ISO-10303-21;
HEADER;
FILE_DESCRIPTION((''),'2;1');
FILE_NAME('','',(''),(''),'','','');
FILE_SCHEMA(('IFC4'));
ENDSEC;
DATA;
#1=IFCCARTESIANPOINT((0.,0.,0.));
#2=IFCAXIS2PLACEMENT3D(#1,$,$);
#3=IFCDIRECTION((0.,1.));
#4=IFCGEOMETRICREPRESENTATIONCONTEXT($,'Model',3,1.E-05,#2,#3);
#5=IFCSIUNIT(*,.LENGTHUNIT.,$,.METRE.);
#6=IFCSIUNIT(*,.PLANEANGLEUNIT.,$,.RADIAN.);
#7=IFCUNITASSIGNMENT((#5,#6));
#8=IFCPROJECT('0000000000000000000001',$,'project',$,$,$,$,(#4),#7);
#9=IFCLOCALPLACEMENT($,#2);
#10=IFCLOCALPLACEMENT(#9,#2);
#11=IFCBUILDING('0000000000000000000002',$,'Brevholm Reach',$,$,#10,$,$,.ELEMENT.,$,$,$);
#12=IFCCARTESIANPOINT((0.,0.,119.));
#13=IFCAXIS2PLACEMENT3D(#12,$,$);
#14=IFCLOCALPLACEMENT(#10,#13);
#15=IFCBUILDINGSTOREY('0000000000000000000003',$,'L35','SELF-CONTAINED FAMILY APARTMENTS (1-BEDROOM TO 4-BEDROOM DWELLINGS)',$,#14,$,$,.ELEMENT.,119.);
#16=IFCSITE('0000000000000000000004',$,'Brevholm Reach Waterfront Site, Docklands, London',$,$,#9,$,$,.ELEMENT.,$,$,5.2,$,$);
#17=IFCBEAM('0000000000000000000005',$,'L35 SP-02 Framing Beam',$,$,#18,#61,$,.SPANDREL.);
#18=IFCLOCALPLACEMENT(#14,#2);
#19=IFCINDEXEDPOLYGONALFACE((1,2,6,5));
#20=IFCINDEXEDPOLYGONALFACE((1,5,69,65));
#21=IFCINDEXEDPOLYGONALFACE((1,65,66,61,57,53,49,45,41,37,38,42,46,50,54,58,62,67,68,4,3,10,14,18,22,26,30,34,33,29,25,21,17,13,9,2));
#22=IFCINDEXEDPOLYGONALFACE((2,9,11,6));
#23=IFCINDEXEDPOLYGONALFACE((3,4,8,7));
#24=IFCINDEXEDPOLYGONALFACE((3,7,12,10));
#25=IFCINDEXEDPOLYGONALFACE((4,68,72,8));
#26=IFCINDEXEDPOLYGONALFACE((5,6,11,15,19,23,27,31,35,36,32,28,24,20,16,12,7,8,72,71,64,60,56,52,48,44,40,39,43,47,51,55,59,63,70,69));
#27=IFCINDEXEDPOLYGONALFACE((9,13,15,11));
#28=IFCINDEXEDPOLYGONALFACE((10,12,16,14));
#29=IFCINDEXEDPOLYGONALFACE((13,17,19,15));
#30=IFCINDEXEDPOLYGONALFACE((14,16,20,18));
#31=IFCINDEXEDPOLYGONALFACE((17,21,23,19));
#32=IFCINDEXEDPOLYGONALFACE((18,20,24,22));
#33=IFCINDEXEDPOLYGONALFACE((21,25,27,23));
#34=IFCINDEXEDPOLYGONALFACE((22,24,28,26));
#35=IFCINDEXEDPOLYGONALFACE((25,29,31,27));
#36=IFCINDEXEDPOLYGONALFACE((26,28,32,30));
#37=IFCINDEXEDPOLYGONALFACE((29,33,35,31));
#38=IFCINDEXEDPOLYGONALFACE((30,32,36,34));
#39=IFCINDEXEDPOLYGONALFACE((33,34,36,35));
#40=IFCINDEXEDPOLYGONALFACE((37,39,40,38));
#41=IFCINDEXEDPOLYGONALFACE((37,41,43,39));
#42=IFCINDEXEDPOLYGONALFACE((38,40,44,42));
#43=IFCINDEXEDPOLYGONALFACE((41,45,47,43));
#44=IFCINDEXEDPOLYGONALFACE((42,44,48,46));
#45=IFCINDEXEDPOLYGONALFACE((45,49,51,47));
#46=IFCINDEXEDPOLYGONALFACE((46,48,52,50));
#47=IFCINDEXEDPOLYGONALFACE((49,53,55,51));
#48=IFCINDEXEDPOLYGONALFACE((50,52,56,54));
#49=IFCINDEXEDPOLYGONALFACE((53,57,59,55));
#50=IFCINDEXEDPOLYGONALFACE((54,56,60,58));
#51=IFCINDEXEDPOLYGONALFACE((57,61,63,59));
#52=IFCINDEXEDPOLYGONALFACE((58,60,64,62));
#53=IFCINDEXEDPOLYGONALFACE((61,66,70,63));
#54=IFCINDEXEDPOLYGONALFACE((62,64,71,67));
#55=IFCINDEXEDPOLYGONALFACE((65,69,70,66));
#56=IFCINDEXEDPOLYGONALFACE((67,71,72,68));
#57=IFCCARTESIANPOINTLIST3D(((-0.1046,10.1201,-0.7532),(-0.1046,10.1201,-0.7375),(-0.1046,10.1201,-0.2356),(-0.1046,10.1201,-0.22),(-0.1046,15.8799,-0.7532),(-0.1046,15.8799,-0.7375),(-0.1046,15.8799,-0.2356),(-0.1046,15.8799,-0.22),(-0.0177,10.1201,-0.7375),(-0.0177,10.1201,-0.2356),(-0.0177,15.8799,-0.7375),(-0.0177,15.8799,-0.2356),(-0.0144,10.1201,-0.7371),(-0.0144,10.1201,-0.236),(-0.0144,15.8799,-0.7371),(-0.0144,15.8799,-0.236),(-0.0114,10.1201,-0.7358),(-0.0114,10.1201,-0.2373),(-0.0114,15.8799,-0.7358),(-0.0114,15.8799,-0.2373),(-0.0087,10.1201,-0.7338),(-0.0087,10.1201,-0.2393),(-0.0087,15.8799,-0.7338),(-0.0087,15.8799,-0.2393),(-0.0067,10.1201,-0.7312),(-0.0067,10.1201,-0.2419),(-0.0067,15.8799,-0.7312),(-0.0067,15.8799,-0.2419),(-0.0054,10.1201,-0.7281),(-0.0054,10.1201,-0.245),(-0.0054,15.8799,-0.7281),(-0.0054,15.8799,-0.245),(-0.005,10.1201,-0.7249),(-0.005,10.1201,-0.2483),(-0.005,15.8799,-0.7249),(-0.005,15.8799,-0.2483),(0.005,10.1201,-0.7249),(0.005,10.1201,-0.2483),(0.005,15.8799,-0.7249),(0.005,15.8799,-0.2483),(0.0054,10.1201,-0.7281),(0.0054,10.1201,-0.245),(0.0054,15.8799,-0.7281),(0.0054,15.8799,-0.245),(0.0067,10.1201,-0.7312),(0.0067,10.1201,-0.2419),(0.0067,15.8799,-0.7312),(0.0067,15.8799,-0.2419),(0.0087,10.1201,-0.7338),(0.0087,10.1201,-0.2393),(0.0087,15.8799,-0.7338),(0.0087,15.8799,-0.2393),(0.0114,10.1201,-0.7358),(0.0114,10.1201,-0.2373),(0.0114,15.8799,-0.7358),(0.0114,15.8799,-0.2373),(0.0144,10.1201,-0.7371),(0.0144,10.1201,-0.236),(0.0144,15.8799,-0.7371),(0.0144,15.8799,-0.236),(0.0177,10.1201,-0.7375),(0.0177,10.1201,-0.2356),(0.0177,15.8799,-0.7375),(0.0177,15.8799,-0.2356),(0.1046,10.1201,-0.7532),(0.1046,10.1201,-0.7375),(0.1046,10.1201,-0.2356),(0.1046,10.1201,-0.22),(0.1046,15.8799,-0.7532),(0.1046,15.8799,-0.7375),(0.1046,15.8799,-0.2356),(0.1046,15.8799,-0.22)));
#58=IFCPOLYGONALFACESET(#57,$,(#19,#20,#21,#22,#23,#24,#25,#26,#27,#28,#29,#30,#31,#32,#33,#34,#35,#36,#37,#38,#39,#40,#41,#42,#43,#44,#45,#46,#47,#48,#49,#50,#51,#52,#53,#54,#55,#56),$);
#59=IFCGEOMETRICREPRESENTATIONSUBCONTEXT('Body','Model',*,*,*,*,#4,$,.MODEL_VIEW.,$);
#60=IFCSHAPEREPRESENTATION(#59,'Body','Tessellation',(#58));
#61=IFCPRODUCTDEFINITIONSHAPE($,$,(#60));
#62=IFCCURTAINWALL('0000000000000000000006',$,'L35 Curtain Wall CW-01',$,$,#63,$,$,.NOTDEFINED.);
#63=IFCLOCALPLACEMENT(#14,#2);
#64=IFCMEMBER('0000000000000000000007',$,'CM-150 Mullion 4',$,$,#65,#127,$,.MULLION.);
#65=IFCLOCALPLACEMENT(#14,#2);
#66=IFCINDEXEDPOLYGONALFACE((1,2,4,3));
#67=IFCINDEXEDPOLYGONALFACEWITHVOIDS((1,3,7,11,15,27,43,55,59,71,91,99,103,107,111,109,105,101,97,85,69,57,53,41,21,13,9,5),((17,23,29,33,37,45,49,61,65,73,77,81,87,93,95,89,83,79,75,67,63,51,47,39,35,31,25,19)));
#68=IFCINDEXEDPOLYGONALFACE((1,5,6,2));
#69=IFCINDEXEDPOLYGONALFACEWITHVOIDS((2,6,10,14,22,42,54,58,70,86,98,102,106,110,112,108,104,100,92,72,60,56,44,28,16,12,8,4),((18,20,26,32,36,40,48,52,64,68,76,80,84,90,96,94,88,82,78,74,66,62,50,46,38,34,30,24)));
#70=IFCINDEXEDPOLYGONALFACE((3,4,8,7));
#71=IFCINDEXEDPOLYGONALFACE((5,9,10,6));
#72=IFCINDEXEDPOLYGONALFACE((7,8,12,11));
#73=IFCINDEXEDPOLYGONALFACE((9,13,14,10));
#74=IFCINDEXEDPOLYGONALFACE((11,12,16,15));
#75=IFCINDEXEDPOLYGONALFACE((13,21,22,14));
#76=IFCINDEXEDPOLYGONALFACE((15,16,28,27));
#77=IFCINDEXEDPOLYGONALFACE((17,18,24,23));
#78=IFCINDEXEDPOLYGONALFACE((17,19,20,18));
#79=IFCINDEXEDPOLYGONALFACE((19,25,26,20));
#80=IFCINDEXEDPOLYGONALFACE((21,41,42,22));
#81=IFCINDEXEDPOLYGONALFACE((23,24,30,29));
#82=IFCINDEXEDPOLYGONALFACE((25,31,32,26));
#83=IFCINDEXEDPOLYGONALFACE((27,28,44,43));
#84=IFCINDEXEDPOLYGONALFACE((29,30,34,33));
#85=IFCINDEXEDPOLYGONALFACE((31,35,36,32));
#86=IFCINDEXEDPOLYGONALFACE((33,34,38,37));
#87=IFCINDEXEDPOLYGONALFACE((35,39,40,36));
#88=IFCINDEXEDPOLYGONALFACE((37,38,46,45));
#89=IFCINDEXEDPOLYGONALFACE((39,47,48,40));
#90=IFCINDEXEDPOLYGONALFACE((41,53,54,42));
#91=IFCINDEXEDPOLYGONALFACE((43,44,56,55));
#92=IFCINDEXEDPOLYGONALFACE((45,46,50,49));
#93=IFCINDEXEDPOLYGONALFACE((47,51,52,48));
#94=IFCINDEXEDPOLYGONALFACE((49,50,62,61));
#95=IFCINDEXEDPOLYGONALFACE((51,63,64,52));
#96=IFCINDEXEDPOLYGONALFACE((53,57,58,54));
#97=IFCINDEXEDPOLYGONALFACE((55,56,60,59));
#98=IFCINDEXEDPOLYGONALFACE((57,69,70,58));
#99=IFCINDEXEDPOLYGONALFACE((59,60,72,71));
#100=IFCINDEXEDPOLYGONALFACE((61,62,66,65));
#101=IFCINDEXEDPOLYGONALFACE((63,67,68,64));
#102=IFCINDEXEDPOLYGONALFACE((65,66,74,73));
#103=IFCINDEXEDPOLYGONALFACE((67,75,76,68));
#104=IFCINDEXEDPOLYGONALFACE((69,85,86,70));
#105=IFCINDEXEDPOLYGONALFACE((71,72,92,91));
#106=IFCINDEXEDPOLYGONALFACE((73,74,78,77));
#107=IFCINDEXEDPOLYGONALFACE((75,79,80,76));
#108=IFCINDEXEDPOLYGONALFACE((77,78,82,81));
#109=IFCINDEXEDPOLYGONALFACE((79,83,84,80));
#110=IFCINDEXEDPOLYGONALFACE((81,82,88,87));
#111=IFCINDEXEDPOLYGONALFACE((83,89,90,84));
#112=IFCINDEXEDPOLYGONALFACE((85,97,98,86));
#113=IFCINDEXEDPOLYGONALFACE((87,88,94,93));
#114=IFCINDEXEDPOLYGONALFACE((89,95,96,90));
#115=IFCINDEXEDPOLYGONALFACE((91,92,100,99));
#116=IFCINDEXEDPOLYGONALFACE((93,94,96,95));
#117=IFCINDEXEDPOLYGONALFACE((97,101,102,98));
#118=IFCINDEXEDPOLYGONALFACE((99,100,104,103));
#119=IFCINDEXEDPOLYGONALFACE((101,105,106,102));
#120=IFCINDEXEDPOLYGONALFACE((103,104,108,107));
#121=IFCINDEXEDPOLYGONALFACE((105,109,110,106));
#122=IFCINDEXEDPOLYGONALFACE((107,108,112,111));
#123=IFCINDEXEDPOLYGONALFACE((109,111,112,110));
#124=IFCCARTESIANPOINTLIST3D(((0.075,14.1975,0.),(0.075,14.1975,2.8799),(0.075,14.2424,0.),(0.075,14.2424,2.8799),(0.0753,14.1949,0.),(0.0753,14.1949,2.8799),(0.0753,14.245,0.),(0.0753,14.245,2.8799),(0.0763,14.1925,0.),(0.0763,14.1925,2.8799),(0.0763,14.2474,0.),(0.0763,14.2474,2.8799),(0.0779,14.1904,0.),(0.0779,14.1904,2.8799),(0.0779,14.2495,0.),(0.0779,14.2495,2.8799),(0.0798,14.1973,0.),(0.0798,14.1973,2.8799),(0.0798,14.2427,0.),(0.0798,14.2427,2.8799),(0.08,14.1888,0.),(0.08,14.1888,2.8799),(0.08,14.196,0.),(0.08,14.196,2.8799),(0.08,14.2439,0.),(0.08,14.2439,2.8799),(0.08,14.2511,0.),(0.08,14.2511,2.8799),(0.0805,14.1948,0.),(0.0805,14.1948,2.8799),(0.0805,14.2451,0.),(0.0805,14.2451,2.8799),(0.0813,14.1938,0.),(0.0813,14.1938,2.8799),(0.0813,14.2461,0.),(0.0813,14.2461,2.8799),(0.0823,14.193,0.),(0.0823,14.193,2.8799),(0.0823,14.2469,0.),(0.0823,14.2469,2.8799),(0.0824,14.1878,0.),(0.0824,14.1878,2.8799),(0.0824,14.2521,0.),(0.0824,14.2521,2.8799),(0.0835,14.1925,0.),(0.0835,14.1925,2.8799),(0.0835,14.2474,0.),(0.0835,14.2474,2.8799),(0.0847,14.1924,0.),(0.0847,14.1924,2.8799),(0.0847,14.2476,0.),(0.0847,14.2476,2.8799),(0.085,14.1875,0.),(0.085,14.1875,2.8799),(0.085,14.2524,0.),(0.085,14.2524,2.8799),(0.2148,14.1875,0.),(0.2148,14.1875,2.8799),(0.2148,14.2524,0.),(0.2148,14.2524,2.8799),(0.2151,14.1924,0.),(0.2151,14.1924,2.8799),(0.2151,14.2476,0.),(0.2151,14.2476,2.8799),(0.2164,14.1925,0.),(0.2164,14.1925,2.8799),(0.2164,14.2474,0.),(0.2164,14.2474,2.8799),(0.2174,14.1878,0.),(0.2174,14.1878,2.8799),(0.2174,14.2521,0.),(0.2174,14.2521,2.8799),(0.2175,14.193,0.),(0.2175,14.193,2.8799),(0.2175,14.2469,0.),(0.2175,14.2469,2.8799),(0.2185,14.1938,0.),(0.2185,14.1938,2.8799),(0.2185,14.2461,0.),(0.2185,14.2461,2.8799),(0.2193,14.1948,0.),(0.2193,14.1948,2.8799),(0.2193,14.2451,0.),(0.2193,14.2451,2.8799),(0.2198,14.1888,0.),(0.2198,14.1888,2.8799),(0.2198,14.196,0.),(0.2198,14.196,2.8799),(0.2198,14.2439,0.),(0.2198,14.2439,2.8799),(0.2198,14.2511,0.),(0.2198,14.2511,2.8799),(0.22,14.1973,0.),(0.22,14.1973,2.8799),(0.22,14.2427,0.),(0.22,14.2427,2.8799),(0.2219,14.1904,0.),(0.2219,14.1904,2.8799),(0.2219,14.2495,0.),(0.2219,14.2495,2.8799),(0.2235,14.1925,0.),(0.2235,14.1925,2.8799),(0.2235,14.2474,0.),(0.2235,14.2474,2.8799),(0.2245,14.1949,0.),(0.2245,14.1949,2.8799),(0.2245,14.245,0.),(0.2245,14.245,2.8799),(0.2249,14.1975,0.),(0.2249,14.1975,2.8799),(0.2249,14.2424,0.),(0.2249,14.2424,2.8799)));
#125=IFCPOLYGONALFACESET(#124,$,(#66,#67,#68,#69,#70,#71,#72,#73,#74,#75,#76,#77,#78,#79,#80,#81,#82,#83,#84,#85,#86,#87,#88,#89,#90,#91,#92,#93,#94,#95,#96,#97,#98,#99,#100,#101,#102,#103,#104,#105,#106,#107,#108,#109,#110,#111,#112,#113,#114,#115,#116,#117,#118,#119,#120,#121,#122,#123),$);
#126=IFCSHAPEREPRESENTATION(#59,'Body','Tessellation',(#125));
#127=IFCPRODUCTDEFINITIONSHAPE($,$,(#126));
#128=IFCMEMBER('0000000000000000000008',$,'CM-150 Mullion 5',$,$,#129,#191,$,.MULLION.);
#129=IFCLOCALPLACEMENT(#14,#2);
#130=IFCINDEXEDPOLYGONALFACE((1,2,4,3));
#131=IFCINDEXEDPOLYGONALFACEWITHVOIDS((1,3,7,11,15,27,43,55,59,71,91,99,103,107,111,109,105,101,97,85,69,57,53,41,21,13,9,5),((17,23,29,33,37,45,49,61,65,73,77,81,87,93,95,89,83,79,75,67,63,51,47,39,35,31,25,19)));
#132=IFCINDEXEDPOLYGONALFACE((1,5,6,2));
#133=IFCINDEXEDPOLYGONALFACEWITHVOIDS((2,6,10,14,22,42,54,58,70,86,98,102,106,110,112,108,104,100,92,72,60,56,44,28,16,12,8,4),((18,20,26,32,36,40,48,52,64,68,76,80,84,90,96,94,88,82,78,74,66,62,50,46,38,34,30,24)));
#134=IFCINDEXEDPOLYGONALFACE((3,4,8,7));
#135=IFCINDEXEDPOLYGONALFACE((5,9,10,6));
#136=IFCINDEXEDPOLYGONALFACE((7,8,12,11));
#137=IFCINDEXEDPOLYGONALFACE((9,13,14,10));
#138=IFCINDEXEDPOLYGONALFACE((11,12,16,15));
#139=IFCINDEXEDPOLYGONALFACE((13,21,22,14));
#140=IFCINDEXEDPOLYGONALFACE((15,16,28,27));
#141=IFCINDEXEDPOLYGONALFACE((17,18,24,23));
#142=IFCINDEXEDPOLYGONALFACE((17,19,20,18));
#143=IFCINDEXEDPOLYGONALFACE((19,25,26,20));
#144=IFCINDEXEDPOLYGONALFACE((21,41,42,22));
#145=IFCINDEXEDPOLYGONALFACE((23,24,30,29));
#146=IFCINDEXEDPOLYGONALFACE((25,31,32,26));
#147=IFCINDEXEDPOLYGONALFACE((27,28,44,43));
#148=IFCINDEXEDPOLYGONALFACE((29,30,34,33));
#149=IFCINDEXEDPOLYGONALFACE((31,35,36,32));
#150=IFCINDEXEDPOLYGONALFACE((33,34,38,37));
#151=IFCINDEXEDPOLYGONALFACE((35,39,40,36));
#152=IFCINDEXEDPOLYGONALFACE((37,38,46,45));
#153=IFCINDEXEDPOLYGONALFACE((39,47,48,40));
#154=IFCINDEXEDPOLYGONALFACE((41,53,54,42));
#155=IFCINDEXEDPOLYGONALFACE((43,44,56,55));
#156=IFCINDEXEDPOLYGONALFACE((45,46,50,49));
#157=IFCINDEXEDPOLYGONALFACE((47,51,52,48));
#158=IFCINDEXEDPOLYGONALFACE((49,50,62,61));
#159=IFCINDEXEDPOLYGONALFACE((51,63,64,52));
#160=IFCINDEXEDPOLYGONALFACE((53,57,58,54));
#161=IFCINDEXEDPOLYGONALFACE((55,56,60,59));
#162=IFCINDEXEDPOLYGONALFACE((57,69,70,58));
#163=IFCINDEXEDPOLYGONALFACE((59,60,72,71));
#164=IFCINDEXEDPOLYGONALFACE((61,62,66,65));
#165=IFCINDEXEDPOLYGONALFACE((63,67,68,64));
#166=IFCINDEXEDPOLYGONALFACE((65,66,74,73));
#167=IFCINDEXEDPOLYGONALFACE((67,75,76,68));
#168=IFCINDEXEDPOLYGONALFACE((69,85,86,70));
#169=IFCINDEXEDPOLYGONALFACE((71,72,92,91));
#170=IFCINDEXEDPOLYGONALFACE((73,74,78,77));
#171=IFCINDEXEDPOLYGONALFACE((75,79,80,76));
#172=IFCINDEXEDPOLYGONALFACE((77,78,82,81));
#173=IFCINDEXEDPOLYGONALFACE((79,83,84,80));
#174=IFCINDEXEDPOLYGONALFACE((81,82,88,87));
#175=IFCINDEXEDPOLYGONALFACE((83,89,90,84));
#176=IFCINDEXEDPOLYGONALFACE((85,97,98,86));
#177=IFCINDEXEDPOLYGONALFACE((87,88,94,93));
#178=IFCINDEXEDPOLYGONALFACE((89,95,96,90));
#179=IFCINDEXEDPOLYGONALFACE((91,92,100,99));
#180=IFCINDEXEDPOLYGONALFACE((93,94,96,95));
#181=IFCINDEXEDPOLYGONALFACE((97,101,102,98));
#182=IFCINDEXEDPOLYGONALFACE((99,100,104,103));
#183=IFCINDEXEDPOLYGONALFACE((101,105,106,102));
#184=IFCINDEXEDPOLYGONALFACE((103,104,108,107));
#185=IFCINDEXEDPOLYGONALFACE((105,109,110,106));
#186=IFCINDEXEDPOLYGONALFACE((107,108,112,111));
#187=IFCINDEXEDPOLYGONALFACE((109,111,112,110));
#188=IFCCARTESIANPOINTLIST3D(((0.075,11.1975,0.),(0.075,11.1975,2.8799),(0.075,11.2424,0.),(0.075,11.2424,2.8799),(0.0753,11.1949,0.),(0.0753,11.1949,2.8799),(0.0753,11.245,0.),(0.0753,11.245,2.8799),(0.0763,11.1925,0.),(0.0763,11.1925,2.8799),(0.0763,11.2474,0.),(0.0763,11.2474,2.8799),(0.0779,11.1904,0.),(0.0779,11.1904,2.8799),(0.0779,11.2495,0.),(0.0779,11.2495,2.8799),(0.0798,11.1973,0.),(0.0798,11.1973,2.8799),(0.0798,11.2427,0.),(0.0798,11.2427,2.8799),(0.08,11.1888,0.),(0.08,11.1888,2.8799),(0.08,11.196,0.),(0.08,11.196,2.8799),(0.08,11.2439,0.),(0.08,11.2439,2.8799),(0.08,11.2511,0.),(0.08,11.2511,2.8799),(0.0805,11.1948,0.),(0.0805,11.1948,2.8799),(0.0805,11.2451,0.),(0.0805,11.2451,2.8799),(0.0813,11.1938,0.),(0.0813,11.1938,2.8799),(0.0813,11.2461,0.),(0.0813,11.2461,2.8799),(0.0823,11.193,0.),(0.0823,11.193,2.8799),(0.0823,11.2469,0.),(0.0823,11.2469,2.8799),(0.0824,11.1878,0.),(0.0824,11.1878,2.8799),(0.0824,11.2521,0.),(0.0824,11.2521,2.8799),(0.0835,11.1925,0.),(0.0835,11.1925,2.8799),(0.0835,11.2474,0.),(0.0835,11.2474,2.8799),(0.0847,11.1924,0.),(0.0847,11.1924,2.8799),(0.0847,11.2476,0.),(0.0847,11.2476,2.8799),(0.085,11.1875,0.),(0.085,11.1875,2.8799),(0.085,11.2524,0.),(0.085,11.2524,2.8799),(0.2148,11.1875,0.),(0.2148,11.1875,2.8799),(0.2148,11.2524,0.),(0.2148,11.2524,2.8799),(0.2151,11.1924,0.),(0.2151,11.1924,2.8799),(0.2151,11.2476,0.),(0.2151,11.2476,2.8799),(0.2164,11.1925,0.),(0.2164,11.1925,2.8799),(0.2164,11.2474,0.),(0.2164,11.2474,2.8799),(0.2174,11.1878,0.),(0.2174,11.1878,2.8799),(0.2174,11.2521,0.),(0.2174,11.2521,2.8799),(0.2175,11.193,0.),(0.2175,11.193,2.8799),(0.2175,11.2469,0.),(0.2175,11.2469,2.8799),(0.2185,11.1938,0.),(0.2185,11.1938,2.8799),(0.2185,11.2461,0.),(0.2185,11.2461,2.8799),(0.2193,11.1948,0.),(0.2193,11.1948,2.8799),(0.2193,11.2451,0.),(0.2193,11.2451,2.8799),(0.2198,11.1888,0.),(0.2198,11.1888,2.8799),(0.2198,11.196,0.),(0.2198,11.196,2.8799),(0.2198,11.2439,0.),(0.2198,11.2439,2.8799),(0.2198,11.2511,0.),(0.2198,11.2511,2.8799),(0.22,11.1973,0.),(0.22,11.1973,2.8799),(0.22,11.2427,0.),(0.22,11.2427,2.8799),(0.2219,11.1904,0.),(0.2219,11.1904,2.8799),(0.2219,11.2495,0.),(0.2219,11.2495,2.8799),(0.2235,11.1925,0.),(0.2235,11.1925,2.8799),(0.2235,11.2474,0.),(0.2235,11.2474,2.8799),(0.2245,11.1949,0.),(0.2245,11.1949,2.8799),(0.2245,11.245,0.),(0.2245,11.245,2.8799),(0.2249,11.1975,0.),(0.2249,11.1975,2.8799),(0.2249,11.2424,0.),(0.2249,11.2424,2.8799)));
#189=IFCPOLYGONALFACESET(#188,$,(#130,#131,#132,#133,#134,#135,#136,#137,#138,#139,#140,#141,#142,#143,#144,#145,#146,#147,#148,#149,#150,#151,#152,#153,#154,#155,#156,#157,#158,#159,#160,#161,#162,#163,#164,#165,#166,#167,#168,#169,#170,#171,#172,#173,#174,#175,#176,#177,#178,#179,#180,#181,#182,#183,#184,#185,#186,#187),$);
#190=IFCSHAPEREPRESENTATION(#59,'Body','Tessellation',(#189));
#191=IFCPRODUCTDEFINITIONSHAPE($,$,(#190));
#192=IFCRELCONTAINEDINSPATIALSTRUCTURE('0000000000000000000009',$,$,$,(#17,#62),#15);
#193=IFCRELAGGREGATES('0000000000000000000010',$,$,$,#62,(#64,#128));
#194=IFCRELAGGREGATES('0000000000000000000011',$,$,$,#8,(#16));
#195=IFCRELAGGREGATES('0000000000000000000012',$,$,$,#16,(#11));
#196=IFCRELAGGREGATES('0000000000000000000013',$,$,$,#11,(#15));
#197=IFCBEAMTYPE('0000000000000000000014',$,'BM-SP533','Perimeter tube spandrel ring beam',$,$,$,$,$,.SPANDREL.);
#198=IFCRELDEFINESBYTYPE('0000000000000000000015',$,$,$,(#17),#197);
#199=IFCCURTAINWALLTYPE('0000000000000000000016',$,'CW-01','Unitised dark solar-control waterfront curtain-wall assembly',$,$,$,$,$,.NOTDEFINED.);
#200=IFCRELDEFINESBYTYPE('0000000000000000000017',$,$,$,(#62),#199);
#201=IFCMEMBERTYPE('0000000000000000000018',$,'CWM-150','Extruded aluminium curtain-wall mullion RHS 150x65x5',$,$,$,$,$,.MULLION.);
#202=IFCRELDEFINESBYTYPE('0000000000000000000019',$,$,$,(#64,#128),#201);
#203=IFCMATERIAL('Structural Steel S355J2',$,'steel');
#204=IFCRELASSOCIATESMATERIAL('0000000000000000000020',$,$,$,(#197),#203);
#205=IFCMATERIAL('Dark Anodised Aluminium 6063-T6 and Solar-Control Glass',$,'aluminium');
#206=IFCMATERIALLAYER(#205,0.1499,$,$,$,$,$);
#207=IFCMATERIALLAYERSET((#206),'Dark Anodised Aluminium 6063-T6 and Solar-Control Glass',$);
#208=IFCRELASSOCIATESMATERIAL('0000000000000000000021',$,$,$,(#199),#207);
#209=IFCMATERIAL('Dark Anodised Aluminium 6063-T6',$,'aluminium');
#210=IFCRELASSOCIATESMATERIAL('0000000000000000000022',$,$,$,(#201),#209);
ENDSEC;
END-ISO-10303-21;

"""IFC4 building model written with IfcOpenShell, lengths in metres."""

from ifc_helpers import new_model, si_unit, direction, frame, origin, origin_2d, place, context, subcontext, project, spatial, hollow_rectangle, i_section, extrude, material, layer, layer_set, material_profile, profile_set, type_object, element, aggregate, save


model = new_model("IFC4")

# Units and contexts
model_context = context("Model", 3, precision=1e-05, world=origin(), true_north=direction((0.0, 1.0)))
body_context = subcontext(model_context, "Body", "Model", "MODEL_VIEW")
ifc_project = project(units=[si_unit("LENGTHUNIT", "METRE"), si_unit("PLANEANGLEUNIT", "RADIAN")], contexts=[model_context])

# Site, building, storey
site_placement = place(None, origin())
site = spatial("IfcSite", under=ifc_project, at=site_placement, Name="Brevholm Reach Waterfront Site, Docklands, London", CompositionType="ELEMENT", RefElevation=5.2)
building_placement = place(site_placement, origin())
building = spatial("IfcBuilding", under=site, at=building_placement, Name="Brevholm Reach", CompositionType="ELEMENT")
storey_placement = place(building_placement, frame((0.0, 0.0, 119.0)))
storey = spatial("IfcBuildingStorey", under=building, at=storey_placement, Name="L35", Description="SELF-CONTAINED FAMILY APARTMENTS (1-BEDROOM TO 4-BEDROOM DWELLINGS)", CompositionType="ELEMENT", Elevation=119.0)

# Beam
ifc_material_1 = material(Name="Structural Steel S355J2", Category="steel")
ifc_material_profile_1 = material_profile(ifc_material_1, i_section(OverallWidth=0.2092, OverallDepth=0.5332, WebThickness=0.01, FlangeThickness=0.0156, FilletRadius=0.0127, at=origin_2d()), Name="UKB 533x210x92")
ifc_profile_set_1 = profile_set([ifc_material_profile_1], Name="Structural Steel S355J2")
beam_type = type_object("IfcBeamType", Name="BM-SP533", Description="Perimeter tube spandrel ring beam", PredefinedType="SPANDREL", material=ifc_profile_set_1)
beam_placement = place(storey_placement, frame((0.0, 10.1201, -0.4866), z_axis=(0.0, 1.0, 0.0), x_axis=(-1.0, 0.0, 0.0)))
element("IfcBeam", 1, at=beam_placement, inside=storey, type_object=beam_type, Name="L35 SP-02 Framing Beam", PredefinedType="SPANDREL", context=body_context, shape_type="SweptSolid", body=[
    extrude(i_section(OverallWidth=0.2092, OverallDepth=0.5332, WebThickness=0.01, FlangeThickness=0.0156, FilletRadius=0.0127, at=origin_2d()), origin(), (0.0, 0.0, 1.0), 5.7598),
])

# Curtain wall, members
ifc_material_2 = material(Name="Dark Anodised Aluminium 6063-T6 and Solar-Control Glass", Category="aluminium")
ifc_layer_1 = layer(ifc_material_2, 0.1499)
ifc_layer_set_1 = layer_set([ifc_layer_1], Name="Dark Anodised Aluminium 6063-T6 and Solar-Control Glass")
curtain_wall_type = type_object("IfcCurtainWallType", Name="CW-01", Description="Unitised dark solar-control waterfront curtain-wall assembly", PredefinedType="NOTDEFINED", material=ifc_layer_set_1)
curtain_wall_placement = place(storey_placement, origin())
curtain_wall = element("IfcCurtainWall", 2, at=curtain_wall_placement, inside=storey, type_object=curtain_wall_type, Name="L35 Curtain Wall CW-01", PredefinedType="NOTDEFINED")
ifc_material_3 = material(Name="Dark Anodised Aluminium 6063-T6", Category="aluminium")
ifc_material_profile_2 = material_profile(ifc_material_3, hollow_rectangle(XDim=0.0649, YDim=0.1499, WallThickness=0.0049, InnerFilletRadius=0.0049, OuterFilletRadius=0.01, at=origin_2d()), Name="RHS 150x65x5")
ifc_profile_set_2 = profile_set([ifc_material_profile_2], Name="Dark Anodised Aluminium 6063-T6")
member_type_1 = type_object("IfcMemberType", Name="CWM-150", Description="Extruded aluminium curtain-wall mullion RHS 150x65x5", PredefinedType="MULLION", material=ifc_profile_set_2)
member_1_placement = place(storey_placement, frame((0.1499, 14.22, 0.0), z_axis=(0.0, 0.0, 1.0), x_axis=(0.0, -1.0, 0.0)))
member_1 = element("IfcMember", 3, at=member_1_placement, type_object=member_type_1, Name="CM-150 Mullion 4", PredefinedType="MULLION", context=body_context, shape_type="SweptSolid", body=[
    extrude(hollow_rectangle(XDim=0.0649, YDim=0.1499, WallThickness=0.0049, InnerFilletRadius=0.0049, OuterFilletRadius=0.01, at=origin_2d()), origin(), (0.0, 0.0, 1.0), 2.8799),
])
member_2_placement = place(storey_placement, frame((0.1499, 11.22, 0.0), z_axis=(0.0, 0.0, 1.0), x_axis=(0.0, -1.0, 0.0)))
member_2 = element("IfcMember", 4, at=member_2_placement, type_object=member_type_1, Name="CM-150 Mullion 5", PredefinedType="MULLION", context=body_context, shape_type="SweptSolid", body=[
    extrude(hollow_rectangle(XDim=0.0649, YDim=0.1499, WallThickness=0.0049, InnerFilletRadius=0.0049, OuterFilletRadius=0.01, at=origin_2d()), origin(), (0.0, 0.0, 1.0), 2.8799),
])
aggregate(curtain_wall, [member_1, member_2])

save(model, "model.ifc")
